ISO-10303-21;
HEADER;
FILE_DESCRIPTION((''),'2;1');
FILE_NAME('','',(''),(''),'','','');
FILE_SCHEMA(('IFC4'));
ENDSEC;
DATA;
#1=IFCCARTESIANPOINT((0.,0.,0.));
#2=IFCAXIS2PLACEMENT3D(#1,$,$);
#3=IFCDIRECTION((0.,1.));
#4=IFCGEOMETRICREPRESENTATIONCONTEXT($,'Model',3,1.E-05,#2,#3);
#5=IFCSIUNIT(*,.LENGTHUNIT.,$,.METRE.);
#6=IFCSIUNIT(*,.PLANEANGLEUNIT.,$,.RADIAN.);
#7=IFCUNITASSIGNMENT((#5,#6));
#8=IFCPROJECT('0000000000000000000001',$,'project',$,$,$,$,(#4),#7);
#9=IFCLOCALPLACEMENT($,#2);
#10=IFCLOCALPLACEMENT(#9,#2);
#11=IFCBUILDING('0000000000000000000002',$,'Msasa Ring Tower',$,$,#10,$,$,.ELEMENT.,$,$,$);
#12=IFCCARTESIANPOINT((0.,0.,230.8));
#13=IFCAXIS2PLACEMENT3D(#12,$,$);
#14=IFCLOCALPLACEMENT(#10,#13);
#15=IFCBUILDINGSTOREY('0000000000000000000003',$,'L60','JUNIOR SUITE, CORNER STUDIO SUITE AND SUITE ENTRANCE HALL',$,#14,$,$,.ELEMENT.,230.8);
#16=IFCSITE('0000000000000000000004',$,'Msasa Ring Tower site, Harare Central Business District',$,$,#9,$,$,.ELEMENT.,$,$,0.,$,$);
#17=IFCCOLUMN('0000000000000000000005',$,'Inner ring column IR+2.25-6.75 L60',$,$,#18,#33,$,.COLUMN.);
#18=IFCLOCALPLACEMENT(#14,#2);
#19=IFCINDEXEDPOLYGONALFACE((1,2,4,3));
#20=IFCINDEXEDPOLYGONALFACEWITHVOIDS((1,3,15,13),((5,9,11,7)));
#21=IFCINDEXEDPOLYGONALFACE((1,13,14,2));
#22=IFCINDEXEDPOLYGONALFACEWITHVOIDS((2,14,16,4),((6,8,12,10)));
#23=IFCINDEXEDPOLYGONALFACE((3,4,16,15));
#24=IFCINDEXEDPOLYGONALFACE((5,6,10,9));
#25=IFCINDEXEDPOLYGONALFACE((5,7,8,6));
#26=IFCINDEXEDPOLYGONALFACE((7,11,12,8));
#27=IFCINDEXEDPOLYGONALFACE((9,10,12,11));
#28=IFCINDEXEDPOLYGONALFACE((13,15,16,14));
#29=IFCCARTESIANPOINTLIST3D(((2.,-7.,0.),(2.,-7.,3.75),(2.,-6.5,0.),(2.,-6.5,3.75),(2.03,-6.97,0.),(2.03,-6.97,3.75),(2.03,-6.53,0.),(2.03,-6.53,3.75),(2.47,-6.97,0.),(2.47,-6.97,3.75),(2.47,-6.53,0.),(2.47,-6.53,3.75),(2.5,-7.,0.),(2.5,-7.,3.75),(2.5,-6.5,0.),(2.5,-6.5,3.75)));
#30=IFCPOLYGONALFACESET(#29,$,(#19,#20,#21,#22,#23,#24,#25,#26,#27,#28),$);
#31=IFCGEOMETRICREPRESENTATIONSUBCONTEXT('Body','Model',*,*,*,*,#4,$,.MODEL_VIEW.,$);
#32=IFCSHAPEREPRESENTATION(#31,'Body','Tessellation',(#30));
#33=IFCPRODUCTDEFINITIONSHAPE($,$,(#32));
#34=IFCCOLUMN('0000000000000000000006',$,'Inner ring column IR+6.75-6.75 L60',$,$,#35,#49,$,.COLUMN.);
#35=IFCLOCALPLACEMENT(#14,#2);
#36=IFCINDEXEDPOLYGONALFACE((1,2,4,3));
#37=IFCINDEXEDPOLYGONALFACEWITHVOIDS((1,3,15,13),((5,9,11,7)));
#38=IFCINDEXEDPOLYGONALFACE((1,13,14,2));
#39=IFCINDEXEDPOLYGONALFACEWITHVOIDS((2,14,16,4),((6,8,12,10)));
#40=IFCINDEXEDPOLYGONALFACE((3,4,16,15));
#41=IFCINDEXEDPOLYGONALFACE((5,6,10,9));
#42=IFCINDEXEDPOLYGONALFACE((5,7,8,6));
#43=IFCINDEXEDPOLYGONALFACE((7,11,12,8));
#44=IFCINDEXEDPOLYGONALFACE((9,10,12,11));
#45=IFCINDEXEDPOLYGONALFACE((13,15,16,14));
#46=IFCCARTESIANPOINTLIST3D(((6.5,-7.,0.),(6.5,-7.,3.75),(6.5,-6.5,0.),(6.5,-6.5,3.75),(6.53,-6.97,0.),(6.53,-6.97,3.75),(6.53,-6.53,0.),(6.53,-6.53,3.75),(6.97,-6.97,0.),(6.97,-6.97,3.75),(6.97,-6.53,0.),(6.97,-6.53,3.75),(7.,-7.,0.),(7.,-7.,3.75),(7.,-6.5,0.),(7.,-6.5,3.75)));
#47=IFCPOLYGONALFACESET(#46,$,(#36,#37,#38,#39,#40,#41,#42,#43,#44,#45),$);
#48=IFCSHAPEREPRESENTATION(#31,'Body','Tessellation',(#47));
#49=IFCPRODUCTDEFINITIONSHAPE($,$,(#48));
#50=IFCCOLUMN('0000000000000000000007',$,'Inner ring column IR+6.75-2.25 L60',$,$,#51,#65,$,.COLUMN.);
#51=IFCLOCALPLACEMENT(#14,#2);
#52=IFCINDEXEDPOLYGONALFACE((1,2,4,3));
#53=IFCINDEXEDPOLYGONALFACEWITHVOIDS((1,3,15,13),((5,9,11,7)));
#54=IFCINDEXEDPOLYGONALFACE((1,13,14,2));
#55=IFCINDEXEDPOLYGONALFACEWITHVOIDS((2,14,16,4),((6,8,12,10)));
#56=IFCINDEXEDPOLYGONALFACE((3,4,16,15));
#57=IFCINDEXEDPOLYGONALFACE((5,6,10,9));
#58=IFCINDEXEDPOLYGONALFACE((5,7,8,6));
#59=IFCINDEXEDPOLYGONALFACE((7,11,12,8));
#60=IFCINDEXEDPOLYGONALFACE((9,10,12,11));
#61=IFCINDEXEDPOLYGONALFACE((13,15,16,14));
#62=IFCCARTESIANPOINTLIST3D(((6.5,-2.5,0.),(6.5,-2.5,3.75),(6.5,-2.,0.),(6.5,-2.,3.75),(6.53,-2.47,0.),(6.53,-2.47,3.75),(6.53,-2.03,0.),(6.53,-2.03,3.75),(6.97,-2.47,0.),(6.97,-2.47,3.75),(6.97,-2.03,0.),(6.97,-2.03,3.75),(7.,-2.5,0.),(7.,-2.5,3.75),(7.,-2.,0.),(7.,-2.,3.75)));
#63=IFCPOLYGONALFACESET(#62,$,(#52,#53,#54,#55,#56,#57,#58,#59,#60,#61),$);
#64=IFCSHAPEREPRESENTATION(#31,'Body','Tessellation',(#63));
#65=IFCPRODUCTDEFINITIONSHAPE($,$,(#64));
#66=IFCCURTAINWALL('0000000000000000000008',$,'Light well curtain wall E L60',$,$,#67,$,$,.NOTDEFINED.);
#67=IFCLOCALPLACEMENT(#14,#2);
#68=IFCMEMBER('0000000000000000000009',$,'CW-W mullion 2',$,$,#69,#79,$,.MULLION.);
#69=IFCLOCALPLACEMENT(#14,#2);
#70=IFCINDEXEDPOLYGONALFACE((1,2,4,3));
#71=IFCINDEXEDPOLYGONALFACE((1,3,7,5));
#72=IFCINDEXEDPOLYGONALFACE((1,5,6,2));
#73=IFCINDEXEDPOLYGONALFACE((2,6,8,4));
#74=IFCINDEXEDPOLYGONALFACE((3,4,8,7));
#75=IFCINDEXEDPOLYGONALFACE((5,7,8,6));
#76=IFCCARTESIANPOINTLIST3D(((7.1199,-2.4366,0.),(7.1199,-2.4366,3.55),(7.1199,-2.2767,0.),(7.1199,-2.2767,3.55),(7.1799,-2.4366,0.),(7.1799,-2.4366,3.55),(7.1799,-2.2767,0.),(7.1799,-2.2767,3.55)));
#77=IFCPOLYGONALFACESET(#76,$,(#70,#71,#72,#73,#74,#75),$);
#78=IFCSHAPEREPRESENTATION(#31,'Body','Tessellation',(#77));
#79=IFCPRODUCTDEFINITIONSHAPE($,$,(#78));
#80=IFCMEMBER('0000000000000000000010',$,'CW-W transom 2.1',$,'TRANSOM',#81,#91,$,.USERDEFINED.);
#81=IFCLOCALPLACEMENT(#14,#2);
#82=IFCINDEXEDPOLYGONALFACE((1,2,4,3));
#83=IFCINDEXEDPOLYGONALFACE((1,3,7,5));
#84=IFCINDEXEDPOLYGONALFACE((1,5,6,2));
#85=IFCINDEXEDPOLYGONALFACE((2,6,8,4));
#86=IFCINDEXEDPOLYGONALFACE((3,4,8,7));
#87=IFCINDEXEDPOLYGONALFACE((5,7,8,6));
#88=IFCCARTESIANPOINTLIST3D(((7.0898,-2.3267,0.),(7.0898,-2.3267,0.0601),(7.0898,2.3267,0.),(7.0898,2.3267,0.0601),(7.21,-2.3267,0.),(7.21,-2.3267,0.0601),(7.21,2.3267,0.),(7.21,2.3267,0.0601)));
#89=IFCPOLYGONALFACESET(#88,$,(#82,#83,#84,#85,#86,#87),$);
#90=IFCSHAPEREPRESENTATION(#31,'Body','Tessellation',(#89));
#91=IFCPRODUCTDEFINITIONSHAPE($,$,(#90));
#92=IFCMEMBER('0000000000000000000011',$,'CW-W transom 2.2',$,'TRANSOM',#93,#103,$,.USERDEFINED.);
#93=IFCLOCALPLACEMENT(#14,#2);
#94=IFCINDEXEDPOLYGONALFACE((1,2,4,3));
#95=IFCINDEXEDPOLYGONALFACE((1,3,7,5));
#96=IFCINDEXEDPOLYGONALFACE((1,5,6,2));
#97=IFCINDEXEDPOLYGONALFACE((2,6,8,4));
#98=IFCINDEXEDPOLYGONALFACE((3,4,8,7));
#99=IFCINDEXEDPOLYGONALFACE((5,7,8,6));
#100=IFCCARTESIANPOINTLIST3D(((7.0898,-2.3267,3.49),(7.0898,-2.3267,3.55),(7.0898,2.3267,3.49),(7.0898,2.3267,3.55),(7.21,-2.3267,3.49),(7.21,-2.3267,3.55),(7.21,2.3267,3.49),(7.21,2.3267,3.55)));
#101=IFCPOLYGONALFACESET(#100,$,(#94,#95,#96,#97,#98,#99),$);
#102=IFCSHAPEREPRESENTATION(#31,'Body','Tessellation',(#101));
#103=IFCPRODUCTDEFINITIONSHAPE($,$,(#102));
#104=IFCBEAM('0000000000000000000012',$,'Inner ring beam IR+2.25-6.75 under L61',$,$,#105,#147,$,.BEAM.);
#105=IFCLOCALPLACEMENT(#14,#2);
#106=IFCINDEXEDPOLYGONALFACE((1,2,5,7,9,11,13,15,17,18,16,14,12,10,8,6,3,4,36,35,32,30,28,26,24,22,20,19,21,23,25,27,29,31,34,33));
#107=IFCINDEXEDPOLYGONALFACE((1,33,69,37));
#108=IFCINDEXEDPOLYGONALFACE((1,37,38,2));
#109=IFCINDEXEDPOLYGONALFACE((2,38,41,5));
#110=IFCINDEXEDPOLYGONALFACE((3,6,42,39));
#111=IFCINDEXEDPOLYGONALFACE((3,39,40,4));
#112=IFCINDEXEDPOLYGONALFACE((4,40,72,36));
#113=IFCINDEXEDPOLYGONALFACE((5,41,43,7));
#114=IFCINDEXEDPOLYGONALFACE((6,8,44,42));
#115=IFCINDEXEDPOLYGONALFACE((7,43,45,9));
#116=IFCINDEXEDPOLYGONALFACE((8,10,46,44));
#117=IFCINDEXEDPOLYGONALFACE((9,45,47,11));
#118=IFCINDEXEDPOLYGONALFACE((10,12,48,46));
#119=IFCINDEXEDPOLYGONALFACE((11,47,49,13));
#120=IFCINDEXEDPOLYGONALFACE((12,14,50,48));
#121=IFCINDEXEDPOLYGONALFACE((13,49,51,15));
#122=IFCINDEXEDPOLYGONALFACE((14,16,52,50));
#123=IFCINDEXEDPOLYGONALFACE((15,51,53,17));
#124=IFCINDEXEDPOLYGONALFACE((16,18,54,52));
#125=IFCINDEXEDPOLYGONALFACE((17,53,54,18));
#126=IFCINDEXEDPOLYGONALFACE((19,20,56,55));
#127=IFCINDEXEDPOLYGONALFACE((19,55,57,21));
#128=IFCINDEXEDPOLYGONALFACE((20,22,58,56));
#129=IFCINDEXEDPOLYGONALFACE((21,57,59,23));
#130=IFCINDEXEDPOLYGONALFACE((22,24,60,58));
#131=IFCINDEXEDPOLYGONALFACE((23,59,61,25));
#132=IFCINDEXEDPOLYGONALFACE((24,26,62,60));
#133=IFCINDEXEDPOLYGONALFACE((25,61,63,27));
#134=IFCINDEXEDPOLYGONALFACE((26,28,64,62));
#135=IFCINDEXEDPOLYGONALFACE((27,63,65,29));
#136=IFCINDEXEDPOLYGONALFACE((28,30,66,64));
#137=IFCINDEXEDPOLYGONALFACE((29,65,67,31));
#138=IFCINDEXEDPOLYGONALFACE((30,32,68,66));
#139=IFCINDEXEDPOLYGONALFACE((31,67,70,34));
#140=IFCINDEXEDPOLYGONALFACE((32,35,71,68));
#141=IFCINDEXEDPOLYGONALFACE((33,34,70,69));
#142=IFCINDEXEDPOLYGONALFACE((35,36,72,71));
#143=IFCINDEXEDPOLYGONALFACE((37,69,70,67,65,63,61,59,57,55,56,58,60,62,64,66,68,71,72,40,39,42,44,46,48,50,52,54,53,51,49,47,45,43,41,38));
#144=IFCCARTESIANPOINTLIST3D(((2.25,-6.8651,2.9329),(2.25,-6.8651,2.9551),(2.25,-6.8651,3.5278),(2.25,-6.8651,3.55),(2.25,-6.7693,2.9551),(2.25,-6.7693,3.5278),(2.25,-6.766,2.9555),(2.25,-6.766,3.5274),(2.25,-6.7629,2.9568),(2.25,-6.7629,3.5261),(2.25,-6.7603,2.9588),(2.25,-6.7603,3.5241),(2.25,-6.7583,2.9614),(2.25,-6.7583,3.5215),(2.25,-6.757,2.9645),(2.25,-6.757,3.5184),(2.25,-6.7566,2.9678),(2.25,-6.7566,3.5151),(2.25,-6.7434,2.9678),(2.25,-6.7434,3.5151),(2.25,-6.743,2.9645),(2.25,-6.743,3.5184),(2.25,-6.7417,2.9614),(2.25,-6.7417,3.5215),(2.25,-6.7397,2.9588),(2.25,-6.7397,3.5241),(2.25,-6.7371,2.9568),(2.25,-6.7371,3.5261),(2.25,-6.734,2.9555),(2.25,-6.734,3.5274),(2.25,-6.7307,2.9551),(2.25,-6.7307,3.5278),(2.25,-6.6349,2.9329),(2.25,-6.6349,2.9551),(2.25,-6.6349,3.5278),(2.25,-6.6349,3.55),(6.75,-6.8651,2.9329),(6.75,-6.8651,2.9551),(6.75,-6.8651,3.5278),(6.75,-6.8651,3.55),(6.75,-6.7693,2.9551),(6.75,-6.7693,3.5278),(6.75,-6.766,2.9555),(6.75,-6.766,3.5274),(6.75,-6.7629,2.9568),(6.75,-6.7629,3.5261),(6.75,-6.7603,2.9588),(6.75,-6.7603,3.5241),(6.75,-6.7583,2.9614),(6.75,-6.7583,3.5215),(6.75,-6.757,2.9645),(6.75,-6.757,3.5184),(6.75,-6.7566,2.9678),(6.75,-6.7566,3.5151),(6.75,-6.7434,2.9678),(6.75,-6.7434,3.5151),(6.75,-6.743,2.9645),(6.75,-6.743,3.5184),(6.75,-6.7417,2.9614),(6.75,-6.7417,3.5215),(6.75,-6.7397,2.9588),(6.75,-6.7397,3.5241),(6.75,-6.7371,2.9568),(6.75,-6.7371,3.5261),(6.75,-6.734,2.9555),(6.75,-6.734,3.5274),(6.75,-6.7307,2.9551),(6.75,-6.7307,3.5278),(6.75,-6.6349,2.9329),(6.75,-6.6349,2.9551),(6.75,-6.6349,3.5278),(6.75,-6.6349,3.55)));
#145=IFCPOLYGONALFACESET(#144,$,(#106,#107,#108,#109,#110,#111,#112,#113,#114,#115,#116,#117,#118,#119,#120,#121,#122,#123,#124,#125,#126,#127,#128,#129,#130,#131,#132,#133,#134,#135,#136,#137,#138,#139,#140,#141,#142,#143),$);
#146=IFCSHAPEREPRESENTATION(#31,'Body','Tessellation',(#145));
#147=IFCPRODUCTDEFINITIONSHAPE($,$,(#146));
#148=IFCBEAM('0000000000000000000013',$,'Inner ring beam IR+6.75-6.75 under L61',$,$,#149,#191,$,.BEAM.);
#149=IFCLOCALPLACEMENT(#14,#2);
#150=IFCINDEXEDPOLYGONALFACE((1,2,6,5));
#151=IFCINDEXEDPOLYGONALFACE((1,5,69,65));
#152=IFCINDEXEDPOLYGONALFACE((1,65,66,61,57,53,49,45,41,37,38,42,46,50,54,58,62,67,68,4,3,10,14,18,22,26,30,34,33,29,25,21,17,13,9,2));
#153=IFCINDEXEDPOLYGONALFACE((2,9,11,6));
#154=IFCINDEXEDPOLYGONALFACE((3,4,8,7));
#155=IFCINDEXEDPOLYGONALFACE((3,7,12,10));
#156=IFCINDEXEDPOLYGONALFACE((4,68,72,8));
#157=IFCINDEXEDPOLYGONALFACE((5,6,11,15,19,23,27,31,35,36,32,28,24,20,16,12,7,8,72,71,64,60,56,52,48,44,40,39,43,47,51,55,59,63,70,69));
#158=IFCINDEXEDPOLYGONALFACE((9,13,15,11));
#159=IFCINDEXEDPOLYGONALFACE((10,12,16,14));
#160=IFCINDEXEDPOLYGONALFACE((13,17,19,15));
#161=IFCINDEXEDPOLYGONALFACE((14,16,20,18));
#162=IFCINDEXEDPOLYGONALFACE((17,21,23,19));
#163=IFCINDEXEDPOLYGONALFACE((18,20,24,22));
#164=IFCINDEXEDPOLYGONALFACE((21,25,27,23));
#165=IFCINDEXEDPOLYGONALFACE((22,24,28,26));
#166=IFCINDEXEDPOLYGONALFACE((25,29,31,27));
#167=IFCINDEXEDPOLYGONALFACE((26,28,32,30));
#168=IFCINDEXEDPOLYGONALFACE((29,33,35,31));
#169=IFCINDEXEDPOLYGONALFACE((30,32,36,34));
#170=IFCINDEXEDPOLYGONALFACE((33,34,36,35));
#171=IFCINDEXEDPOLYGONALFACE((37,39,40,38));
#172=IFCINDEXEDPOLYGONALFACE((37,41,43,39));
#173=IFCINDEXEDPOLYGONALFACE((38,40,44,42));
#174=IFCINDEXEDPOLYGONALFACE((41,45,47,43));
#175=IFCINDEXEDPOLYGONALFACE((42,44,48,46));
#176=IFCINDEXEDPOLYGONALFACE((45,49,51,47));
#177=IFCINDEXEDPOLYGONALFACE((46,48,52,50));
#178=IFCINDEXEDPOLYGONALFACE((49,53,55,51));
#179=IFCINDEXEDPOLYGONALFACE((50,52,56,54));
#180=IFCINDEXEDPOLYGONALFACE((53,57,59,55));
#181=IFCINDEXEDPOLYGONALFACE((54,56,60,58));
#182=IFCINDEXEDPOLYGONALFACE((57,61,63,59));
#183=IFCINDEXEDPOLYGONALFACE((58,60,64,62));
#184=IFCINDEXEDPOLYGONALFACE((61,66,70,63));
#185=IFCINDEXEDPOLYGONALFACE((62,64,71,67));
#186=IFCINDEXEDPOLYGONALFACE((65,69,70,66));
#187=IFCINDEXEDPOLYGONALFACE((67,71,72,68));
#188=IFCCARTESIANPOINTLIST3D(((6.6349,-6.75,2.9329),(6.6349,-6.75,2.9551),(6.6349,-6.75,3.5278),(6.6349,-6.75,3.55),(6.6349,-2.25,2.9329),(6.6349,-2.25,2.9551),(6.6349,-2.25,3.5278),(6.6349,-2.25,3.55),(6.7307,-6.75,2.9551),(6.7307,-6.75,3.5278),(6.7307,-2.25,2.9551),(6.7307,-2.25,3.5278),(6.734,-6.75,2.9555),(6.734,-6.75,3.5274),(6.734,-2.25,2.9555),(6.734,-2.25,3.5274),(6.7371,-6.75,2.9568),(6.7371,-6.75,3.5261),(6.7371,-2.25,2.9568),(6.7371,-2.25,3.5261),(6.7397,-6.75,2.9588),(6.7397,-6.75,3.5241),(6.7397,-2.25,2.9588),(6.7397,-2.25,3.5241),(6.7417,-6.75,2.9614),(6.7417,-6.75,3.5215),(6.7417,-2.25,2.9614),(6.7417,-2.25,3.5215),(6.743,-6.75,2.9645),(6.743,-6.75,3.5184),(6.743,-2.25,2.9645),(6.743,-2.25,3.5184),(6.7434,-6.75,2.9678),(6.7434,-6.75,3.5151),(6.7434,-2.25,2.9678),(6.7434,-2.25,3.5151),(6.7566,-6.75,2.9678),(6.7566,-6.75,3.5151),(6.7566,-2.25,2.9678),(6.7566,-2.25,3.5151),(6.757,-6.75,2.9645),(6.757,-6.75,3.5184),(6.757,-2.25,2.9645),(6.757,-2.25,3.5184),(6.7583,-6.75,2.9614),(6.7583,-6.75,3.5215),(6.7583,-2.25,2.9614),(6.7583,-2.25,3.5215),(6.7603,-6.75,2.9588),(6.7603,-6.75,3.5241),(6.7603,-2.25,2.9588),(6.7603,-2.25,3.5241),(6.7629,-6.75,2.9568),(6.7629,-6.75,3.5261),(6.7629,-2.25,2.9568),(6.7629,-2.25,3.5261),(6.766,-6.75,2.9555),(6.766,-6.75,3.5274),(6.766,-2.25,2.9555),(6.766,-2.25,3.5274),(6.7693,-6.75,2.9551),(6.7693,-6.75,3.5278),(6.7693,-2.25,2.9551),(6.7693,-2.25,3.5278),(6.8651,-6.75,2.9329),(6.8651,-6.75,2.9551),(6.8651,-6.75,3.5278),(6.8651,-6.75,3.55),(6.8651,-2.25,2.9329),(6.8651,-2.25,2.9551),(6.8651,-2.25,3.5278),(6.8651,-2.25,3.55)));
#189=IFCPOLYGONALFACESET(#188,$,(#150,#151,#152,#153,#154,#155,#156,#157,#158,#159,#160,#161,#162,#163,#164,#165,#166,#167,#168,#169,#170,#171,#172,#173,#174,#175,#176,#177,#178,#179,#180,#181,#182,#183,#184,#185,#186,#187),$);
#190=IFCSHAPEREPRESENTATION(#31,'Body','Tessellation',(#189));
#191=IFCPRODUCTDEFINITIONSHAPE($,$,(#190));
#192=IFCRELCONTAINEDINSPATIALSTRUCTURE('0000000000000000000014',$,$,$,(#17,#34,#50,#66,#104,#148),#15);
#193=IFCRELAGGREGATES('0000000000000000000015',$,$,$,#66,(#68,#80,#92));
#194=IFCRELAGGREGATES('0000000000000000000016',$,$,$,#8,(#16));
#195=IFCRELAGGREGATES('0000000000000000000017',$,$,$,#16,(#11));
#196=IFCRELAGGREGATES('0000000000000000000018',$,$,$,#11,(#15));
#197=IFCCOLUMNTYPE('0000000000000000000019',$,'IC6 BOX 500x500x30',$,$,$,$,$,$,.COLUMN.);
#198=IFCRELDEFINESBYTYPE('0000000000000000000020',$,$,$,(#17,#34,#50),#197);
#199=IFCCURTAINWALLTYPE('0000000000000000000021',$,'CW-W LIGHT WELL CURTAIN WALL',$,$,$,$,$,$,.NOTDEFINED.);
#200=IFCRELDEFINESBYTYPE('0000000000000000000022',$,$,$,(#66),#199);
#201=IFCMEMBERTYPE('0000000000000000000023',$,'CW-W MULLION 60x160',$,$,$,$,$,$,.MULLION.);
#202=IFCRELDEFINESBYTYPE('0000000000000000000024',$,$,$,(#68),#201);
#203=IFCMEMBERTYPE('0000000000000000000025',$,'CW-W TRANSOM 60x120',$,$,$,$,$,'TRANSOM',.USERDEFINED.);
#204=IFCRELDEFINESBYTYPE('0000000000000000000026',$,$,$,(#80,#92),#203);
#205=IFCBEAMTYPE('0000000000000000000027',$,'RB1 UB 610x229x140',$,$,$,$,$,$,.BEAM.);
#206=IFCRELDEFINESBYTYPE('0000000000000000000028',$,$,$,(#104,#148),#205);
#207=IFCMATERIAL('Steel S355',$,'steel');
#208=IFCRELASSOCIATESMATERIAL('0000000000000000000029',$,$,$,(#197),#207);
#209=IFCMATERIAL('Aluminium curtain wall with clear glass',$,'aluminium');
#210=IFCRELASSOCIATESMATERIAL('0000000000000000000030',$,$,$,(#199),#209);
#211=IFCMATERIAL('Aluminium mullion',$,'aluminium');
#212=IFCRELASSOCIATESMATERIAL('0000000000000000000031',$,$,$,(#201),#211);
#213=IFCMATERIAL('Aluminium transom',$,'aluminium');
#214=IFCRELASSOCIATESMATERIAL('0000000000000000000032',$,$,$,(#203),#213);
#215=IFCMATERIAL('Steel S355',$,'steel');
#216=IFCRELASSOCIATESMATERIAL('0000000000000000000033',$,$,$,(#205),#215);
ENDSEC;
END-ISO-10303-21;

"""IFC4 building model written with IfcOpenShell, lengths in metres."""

from ifc_helpers import new_model, si_unit, direction, frame, origin, origin_2d, place, context, subcontext, project, spatial, rectangle, hollow_rectangle, i_section, extrude, material, material_profile, profile_set, type_object, element, aggregate, save


model = new_model("IFC4")

# Units and contexts
model_context = context("Model", 3, precision=1e-05, world=origin(), true_north=direction((0.0, 1.0)))
body_context = subcontext(model_context, "Body", "Model", "MODEL_VIEW")
ifc_project = project(units=[si_unit("LENGTHUNIT", "METRE"), si_unit("PLANEANGLEUNIT", "RADIAN")], contexts=[model_context])

# Site, building, storey
site_placement = place(None, origin())
site = spatial("IfcSite", under=ifc_project, at=site_placement, Name="Msasa Ring Tower site, Harare Central Business District", CompositionType="ELEMENT", RefElevation=0.0)
building_placement = place(site_placement, origin())
building = spatial("IfcBuilding", under=site, at=building_placement, Name="Msasa Ring Tower", CompositionType="ELEMENT")
storey_placement = place(building_placement, frame((0.0, 0.0, 230.8)))
storey = spatial("IfcBuildingStorey", under=building, at=storey_placement, Name="L60", Description="JUNIOR SUITE, CORNER STUDIO SUITE AND SUITE ENTRANCE HALL", CompositionType="ELEMENT", Elevation=230.8)

# Columns
ifc_material_1 = material(Name="Steel S355", Category="steel")
ifc_material_profile_1 = material_profile(ifc_material_1, hollow_rectangle(XDim=0.5, YDim=0.5, WallThickness=0.03, at=origin_2d()), Name="BOX 500x500x30")
ifc_profile_set_1 = profile_set([ifc_material_profile_1], Name="Steel S355")
column_type = type_object("IfcColumnType", Name="IC6 BOX 500x500x30", PredefinedType="COLUMN", material=ifc_profile_set_1)
for number, where, z_axis, x_axis, name in (
    (1, (2.25, -6.75, 0.0), (0.0, 0.0, 1.0), (1.0, 0.0, 0.0), "Inner ring column IR+2.25-6.75 L60"),
    (2, (6.75, -6.75, 0.0), (0.0, 0.0, 1.0), (1.0, 0.0, 0.0), "Inner ring column IR+6.75-6.75 L60"),
    (3, (6.75, -2.25, 0.0), (0.0, 0.0, 1.0), (1.0, 0.0, 0.0), "Inner ring column IR+6.75-2.25 L60"),
):
    element("IfcColumn", number, at=place(storey_placement, frame(where, z_axis=z_axis, x_axis=x_axis)), inside=storey, type_object=column_type, Name=name, PredefinedType="COLUMN", context=body_context, shape_type="SweptSolid", body=[
        extrude(hollow_rectangle(XDim=0.5, YDim=0.5, WallThickness=0.03, at=origin_2d()), origin(), (0.0, 0.0, 1.0), 3.75),
    ])

# Curtain wall, members
ifc_material_2 = material(Name="Aluminium curtain wall with clear glass", Category="aluminium")
curtain_wall_type = type_object("IfcCurtainWallType", Name="CW-W LIGHT WELL CURTAIN WALL", PredefinedType="NOTDEFINED", material=ifc_material_2)
curtain_wall_placement = place(storey_placement, origin())
curtain_wall = element("IfcCurtainWall", 4, at=curtain_wall_placement, inside=storey, type_object=curtain_wall_type, Name="Light well curtain wall E L60", PredefinedType="NOTDEFINED")
ifc_material_3 = material(Name="Aluminium mullion", Category="aluminium")
ifc_material_profile_2 = material_profile(ifc_material_3, rectangle(XDim=0.0601, YDim=0.1599, at=origin_2d()), Name="AL 60x160")
ifc_profile_set_2 = profile_set([ifc_material_profile_2], Name="Aluminium mullion")
member_type_1 = type_object("IfcMemberType", Name="CW-W MULLION 60x160", PredefinedType="MULLION", material=ifc_profile_set_2)
member_1_placement = place(storey_placement, frame((7.1499, -2.3567, 0.0), z_axis=(0.0, 0.0, 1.0), x_axis=(-1.0, 0.0, 0.0)))
member_1 = element("IfcMember", 5, at=member_1_placement, type_object=member_type_1, Name="CW-W mullion 2", PredefinedType="MULLION", context=body_context, shape_type="SweptSolid", body=[
    extrude(rectangle(XDim=0.0601, YDim=0.1599, at=origin_2d()), origin(), (0.0, 0.0, 1.0), 3.55),
])
ifc_material_4 = material(Name="Aluminium transom", Category="aluminium")
ifc_material_profile_3 = material_profile(ifc_material_4, rectangle(XDim=0.1201, YDim=0.0601, at=origin_2d()), Name="AL 60x120")
ifc_profile_set_3 = profile_set([ifc_material_profile_3], Name="Aluminium transom")
member_type_2 = type_object("IfcMemberType", Name="CW-W TRANSOM 60x120", ElementType="TRANSOM", PredefinedType="USERDEFINED", material=ifc_profile_set_3)
member_2_placement = place(storey_placement, frame((7.1499, -2.3267, 0.03), z_axis=(0.0, 1.0, 0.0), x_axis=(-1.0, 0.0, 0.0)))
member_2 = element("IfcMember", 6, at=member_2_placement, type_object=member_type_2, Name="CW-W transom 2.1", ObjectType="TRANSOM", PredefinedType="USERDEFINED", context=body_context, shape_type="SweptSolid", body=[
    extrude(rectangle(XDim=0.1201, YDim=0.0601, at=origin_2d()), origin(), (0.0, 0.0, 1.0), 4.6533),
])
member_3_placement = place(storey_placement, frame((7.1499, -2.3267, 3.52), z_axis=(0.0, 1.0, 0.0), x_axis=(-1.0, 0.0, 0.0)))
member_3 = element("IfcMember", 7, at=member_3_placement, type_object=member_type_2, Name="CW-W transom 2.2", ObjectType="TRANSOM", PredefinedType="USERDEFINED", context=body_context, shape_type="SweptSolid", body=[
    extrude(rectangle(XDim=0.1201, YDim=0.0601, at=origin_2d()), origin(), (0.0, 0.0, 1.0), 4.6533),
])

# Beams
ifc_material_5 = material(Name="Steel S355", Category="steel")
ifc_material_profile_4 = material_profile(ifc_material_5, i_section(OverallWidth=0.2302, OverallDepth=0.6172, WebThickness=0.0132, FlangeThickness=0.0222, FilletRadius=0.0127, at=origin_2d()), Name="UB 610x229x140")
ifc_profile_set_4 = profile_set([ifc_material_profile_4], Name="Steel S355")
beam_type = type_object("IfcBeamType", Name="RB1 UB 610x229x140", PredefinedType="BEAM", material=ifc_profile_set_4)
for number, where, z_axis, x_axis, name in (
    (8, (2.25, -6.75, 3.2415), (1.0, 0.0, 0.0), (0.0, 1.0, 0.0), "Inner ring beam IR+2.25-6.75 under L61"),
    (9, (6.75, -6.75, 3.2415), (0.0, 1.0, 0.0), (-1.0, 0.0, 0.0), "Inner ring beam IR+6.75-6.75 under L61"),
):
    element("IfcBeam", number, at=place(storey_placement, frame(where, z_axis=z_axis, x_axis=x_axis)), inside=storey, type_object=beam_type, Name=name, PredefinedType="BEAM", context=body_context, shape_type="SweptSolid", body=[
        extrude(i_section(OverallWidth=0.2302, OverallDepth=0.6172, WebThickness=0.0132, FlangeThickness=0.0222, FilletRadius=0.0127, at=origin_2d()), origin(), (0.0, 0.0, 1.0), 4.5),
    ])

aggregate(curtain_wall, [member_1, member_2, member_3])

save(model, "model.ifc")
